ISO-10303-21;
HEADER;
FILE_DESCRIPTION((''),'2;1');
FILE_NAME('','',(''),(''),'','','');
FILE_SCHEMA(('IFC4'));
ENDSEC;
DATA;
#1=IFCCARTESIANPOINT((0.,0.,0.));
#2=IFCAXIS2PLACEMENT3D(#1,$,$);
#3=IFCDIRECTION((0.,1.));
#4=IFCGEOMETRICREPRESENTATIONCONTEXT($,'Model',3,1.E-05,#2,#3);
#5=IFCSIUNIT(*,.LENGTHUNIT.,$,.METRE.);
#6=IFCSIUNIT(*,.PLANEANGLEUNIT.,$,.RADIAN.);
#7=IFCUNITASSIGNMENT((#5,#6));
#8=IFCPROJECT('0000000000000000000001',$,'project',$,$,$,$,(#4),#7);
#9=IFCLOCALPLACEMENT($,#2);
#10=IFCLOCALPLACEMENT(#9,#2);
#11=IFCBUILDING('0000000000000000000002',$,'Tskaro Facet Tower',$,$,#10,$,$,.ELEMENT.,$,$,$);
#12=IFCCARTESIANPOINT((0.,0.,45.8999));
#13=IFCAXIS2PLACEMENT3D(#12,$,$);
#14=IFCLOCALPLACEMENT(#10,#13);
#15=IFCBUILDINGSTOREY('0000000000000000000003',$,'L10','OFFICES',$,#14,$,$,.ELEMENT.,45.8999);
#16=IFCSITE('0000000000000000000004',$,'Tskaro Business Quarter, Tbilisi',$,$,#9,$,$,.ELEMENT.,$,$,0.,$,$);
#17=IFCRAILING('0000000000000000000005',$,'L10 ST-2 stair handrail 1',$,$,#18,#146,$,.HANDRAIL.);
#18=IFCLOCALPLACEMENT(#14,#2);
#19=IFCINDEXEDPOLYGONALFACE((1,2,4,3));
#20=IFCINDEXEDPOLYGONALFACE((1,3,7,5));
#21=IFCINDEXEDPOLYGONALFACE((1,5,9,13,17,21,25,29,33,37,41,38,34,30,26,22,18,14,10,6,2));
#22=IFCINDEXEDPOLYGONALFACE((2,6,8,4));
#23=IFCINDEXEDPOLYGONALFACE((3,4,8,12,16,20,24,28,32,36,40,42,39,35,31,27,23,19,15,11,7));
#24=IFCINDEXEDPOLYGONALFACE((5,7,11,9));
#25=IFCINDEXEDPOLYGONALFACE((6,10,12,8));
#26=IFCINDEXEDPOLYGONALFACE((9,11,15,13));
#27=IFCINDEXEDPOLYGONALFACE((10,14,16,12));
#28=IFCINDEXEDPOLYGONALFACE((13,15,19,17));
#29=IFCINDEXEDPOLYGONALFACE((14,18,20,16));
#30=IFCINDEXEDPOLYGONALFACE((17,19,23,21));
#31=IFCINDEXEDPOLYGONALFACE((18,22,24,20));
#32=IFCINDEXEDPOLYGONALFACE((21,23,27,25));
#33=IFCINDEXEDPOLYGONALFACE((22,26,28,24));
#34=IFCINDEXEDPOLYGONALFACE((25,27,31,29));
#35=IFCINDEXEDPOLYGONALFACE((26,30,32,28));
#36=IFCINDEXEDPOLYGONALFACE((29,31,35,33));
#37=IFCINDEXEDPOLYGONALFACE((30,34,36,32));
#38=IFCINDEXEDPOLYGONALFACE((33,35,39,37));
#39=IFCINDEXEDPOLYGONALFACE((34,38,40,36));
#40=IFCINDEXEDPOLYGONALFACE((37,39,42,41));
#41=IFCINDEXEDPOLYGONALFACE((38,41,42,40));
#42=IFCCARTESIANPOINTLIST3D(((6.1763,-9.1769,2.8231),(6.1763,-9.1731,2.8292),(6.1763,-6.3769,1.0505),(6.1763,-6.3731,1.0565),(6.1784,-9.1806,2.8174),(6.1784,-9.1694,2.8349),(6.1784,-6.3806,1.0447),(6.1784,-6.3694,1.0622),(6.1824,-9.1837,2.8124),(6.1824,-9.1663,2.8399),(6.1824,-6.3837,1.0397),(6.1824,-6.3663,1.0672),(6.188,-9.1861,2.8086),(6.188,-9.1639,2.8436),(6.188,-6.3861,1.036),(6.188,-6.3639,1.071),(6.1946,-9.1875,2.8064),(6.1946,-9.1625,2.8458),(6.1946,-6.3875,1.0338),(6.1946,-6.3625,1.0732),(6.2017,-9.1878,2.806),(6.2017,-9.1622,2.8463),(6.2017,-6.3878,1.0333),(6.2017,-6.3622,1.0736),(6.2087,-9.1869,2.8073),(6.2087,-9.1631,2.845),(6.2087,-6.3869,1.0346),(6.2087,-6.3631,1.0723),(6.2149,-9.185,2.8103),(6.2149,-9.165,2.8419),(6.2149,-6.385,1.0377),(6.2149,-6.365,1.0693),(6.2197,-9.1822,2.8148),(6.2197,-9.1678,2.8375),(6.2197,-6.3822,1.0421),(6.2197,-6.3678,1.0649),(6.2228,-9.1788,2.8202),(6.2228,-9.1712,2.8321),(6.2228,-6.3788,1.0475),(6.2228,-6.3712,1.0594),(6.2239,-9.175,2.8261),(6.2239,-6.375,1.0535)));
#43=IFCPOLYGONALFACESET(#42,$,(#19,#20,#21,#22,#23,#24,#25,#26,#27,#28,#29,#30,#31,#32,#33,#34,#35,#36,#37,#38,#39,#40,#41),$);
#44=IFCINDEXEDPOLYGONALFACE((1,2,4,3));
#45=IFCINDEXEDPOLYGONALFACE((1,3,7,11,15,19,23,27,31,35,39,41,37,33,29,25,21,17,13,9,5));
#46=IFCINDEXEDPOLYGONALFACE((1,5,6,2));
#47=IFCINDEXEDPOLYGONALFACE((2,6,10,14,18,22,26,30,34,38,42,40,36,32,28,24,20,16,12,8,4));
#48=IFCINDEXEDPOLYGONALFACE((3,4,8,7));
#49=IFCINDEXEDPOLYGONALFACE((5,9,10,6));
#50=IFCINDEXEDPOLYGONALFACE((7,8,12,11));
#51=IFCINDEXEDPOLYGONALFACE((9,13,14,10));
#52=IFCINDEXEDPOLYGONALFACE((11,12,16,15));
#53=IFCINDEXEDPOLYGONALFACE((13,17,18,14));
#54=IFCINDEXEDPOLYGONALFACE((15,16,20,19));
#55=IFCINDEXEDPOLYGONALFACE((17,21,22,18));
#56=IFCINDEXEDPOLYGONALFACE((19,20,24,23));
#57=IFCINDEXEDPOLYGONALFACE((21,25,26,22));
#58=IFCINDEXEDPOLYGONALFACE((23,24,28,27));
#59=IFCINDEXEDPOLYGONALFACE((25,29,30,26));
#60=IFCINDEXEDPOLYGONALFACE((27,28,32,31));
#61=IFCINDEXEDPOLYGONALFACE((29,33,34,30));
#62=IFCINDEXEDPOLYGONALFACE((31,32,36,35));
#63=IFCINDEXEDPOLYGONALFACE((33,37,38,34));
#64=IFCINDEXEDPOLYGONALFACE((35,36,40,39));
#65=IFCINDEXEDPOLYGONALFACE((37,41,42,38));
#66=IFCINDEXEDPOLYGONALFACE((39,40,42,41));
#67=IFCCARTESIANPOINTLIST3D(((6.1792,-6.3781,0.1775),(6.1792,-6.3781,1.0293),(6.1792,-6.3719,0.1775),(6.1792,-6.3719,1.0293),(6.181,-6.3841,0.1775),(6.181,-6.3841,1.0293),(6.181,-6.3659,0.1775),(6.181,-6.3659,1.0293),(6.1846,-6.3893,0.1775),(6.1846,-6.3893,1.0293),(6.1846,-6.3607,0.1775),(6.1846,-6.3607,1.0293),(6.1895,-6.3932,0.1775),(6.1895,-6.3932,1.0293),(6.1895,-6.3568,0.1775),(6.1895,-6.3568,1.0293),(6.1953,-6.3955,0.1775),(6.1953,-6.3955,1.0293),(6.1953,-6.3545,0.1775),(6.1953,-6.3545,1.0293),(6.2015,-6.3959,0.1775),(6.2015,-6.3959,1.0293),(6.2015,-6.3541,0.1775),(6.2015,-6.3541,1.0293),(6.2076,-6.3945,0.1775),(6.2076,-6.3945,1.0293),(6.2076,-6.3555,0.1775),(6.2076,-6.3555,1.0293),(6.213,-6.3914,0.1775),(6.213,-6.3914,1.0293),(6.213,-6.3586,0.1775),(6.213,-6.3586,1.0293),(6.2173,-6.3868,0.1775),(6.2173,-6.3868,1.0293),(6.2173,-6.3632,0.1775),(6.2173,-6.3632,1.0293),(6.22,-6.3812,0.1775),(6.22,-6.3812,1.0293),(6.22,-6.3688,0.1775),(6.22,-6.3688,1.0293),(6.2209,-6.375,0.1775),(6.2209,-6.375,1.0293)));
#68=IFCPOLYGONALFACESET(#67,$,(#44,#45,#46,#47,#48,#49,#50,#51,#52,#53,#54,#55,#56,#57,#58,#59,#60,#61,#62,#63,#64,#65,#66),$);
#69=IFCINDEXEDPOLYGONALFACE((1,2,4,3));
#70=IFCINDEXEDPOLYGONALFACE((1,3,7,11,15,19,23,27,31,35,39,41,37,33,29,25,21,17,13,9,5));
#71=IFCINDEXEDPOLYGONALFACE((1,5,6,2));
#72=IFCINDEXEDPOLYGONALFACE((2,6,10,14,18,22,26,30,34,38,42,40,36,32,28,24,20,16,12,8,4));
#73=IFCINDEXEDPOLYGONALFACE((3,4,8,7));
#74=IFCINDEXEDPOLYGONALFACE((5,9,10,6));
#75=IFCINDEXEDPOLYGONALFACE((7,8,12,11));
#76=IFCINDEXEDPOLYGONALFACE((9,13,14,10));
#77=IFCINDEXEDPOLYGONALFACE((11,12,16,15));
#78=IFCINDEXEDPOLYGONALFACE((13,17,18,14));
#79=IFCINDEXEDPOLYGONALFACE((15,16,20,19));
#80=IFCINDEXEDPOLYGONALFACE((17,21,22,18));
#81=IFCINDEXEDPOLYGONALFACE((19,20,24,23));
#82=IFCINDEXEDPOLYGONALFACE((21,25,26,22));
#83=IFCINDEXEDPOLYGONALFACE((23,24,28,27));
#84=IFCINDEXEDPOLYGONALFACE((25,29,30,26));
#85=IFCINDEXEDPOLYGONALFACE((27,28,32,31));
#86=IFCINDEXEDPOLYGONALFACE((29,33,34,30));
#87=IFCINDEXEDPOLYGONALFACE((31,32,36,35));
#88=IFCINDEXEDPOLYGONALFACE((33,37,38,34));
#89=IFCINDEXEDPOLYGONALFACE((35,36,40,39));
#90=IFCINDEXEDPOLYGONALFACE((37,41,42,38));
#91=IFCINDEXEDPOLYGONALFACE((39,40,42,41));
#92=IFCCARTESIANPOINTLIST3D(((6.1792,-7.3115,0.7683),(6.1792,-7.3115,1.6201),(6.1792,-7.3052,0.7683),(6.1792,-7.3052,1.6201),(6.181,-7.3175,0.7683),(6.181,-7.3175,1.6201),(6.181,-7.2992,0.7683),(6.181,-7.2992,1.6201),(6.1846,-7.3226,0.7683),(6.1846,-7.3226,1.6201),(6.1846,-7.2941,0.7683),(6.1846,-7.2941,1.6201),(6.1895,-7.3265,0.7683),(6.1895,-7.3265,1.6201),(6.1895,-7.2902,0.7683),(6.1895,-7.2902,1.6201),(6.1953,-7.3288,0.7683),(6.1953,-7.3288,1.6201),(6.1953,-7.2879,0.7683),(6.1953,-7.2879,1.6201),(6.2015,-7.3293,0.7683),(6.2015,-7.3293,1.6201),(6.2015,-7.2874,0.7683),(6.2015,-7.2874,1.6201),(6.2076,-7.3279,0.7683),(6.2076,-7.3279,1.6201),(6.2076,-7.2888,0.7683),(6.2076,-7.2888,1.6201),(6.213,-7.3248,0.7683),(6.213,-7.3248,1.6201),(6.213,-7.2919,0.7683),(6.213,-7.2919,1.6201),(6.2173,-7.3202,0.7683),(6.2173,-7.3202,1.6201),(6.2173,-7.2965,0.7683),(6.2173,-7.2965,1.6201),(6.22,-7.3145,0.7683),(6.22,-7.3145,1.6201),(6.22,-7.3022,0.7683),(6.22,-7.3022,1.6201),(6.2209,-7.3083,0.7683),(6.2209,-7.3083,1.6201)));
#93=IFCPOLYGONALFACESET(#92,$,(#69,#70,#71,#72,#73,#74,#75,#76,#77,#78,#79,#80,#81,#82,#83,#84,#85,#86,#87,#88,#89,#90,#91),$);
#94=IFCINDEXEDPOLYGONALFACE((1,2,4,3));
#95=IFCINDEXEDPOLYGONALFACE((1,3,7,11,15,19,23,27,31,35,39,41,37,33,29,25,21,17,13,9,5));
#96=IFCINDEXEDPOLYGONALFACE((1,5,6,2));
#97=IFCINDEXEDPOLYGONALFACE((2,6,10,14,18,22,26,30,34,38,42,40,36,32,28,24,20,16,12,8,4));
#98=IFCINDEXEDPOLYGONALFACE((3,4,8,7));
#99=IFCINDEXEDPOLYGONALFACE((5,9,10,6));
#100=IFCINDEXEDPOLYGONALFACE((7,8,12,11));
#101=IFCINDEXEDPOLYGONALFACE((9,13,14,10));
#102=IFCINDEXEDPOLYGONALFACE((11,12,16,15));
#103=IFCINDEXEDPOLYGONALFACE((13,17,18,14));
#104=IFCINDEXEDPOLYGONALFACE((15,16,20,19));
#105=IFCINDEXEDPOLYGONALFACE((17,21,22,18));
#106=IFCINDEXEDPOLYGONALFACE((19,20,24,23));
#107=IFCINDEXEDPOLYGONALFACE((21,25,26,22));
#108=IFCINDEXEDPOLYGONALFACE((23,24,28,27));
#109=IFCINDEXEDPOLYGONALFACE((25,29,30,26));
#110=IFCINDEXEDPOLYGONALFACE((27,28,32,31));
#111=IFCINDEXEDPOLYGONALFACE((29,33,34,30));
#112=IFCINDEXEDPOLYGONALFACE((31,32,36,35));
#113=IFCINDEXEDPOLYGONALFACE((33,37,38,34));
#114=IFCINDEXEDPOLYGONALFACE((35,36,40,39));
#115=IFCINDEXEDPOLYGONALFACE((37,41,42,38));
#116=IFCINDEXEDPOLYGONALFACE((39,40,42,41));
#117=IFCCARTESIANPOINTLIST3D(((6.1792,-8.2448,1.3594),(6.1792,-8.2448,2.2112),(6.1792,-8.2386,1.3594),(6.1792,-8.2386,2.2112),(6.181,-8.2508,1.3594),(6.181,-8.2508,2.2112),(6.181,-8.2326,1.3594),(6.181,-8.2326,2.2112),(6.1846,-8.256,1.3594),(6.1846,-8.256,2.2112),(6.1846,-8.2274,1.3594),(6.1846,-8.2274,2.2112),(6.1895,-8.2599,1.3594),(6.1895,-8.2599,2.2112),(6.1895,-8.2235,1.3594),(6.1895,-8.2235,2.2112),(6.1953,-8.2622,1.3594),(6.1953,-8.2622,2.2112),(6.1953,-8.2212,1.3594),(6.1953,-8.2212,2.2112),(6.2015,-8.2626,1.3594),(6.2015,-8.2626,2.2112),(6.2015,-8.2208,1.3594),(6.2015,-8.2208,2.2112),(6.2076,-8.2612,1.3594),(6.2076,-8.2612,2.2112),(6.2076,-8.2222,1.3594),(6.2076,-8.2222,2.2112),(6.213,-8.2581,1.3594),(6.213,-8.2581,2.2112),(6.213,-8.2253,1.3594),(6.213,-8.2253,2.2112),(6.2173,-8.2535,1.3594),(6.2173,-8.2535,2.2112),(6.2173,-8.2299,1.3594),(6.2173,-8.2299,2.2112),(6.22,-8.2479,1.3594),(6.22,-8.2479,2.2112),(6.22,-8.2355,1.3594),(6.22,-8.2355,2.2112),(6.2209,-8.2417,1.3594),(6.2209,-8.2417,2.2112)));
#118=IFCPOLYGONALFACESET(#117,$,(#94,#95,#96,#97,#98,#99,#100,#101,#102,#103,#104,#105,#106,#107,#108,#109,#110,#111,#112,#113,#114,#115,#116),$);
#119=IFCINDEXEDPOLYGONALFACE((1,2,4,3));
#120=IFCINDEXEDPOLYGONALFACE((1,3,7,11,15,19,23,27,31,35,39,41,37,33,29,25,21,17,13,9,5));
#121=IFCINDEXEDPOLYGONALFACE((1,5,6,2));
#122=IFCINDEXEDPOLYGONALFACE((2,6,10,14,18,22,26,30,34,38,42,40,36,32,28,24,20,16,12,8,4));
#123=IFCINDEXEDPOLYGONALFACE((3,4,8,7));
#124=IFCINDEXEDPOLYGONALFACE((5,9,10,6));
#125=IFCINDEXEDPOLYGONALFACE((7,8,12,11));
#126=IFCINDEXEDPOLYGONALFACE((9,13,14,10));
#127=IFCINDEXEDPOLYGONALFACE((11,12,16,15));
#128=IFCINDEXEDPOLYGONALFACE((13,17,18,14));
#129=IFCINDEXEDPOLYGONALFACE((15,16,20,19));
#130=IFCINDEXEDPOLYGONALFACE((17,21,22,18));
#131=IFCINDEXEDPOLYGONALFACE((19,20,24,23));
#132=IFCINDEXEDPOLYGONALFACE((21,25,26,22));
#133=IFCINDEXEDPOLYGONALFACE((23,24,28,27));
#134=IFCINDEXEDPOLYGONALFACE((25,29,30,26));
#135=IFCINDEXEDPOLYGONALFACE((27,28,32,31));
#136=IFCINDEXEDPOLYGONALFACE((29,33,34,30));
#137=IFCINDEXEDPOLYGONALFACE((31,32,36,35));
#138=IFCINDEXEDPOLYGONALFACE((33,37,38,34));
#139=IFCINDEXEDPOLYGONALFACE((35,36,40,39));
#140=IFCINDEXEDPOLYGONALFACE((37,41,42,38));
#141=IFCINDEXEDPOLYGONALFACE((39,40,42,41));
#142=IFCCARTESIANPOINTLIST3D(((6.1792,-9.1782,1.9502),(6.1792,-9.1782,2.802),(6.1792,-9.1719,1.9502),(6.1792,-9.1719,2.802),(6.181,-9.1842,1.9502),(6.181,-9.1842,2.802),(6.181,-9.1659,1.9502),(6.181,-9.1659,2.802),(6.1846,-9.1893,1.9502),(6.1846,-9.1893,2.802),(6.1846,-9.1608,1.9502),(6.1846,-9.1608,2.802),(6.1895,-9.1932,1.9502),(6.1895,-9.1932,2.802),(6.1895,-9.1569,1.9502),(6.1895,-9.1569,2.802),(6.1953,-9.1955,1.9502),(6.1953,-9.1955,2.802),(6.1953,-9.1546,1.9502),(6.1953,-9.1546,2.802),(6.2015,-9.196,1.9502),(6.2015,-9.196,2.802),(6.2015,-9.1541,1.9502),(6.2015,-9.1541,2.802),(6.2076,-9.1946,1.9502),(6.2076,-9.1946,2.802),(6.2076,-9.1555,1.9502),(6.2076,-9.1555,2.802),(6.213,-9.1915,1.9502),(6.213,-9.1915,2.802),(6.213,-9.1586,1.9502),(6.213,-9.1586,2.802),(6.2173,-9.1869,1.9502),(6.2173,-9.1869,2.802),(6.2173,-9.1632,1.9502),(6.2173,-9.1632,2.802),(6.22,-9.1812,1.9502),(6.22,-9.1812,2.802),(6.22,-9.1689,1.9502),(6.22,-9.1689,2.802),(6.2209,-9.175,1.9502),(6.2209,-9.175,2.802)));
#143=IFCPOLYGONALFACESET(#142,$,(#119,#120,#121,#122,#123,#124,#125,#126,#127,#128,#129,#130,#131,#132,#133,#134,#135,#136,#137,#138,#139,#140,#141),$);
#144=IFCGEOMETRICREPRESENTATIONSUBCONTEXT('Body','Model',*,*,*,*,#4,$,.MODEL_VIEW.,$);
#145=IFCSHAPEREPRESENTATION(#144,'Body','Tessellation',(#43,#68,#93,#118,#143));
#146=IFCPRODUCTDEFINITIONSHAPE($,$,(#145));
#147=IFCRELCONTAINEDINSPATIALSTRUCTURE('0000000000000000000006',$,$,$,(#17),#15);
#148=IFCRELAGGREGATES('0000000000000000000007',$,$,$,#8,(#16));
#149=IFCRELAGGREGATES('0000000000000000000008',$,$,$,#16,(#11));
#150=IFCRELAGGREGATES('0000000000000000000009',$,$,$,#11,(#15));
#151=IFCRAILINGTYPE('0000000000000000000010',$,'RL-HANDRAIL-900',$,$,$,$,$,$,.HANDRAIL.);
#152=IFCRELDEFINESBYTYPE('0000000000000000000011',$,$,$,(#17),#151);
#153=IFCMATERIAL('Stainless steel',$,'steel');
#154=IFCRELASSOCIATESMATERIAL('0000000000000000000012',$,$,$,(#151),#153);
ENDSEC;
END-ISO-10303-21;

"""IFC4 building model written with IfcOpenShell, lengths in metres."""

from ifc_helpers import new_model, si_unit, direction, frame, origin, origin_2d, place, context, subcontext, project, spatial, circle, extrude, material, type_object, element, save


model = new_model("IFC4")

# Units and contexts
model_context = context("Model", 3, precision=1e-05, world=origin(), true_north=direction((0.0, 1.0)))
body_context = subcontext(model_context, "Body", "Model", "MODEL_VIEW")
ifc_project = project(units=[si_unit("LENGTHUNIT", "METRE"), si_unit("PLANEANGLEUNIT", "RADIAN")], contexts=[model_context])

# Site, building, storey
site_placement = place(None, origin())
site = spatial("IfcSite", under=ifc_project, at=site_placement, Name="Tskaro Business Quarter, Tbilisi", CompositionType="ELEMENT", RefElevation=0.0)
building_placement = place(site_placement, origin())
building = spatial("IfcBuilding", under=site, at=building_placement, Name="Tskaro Facet Tower", CompositionType="ELEMENT")
storey_placement = place(building_placement, frame((0.0, 0.0, 45.8999)))
storey = spatial("IfcBuildingStorey", under=building, at=storey_placement, Name="L10", Description="OFFICES", CompositionType="ELEMENT", Elevation=45.8999)

# Railing
ifc_material_1 = material(Name="Stainless steel", Category="steel")
railing_type_1 = type_object("IfcRailingType", Name="RL-HANDRAIL-900", PredefinedType="HANDRAIL", material=ifc_material_1)
railing_1_placement = place(storey_placement, frame((6.2, -6.375, 0.1775)))
element("IfcRailing", 1, at=railing_1_placement, inside=storey, type_object=railing_type_1, Name="L10 ST-2 stair handrail 1", PredefinedType="HANDRAIL", context=body_context, shape_type="SweptSolid", body=[
    extrude(circle(Radius=0.0239, at=origin_2d()), frame((0.0, 0.0, 0.876), z_axis=(0.0, -0.844909, 0.53491), x_axis=(1.0, 0.0, 0.0)), (0.0, 0.0, 1.0), 3.314),
    extrude(circle(Radius=0.021, at=origin_2d()), origin(), (0.0, 0.0, 1.0), 0.8518),
    extrude(circle(Radius=0.021, at=origin_2d()), frame((0.0, -0.9333, 0.5908)), (0.0, 0.0, 1.0), 0.8518),
    extrude(circle(Radius=0.021, at=origin_2d()), frame((0.0, -1.8667, 1.1819)), (0.0, 0.0, 1.0), 0.8518),
    extrude(circle(Radius=0.021, at=origin_2d()), frame((0.0, -2.8, 1.7727)), (0.0, 0.0, 1.0), 0.8518),
])

save(model, "model.ifc")
